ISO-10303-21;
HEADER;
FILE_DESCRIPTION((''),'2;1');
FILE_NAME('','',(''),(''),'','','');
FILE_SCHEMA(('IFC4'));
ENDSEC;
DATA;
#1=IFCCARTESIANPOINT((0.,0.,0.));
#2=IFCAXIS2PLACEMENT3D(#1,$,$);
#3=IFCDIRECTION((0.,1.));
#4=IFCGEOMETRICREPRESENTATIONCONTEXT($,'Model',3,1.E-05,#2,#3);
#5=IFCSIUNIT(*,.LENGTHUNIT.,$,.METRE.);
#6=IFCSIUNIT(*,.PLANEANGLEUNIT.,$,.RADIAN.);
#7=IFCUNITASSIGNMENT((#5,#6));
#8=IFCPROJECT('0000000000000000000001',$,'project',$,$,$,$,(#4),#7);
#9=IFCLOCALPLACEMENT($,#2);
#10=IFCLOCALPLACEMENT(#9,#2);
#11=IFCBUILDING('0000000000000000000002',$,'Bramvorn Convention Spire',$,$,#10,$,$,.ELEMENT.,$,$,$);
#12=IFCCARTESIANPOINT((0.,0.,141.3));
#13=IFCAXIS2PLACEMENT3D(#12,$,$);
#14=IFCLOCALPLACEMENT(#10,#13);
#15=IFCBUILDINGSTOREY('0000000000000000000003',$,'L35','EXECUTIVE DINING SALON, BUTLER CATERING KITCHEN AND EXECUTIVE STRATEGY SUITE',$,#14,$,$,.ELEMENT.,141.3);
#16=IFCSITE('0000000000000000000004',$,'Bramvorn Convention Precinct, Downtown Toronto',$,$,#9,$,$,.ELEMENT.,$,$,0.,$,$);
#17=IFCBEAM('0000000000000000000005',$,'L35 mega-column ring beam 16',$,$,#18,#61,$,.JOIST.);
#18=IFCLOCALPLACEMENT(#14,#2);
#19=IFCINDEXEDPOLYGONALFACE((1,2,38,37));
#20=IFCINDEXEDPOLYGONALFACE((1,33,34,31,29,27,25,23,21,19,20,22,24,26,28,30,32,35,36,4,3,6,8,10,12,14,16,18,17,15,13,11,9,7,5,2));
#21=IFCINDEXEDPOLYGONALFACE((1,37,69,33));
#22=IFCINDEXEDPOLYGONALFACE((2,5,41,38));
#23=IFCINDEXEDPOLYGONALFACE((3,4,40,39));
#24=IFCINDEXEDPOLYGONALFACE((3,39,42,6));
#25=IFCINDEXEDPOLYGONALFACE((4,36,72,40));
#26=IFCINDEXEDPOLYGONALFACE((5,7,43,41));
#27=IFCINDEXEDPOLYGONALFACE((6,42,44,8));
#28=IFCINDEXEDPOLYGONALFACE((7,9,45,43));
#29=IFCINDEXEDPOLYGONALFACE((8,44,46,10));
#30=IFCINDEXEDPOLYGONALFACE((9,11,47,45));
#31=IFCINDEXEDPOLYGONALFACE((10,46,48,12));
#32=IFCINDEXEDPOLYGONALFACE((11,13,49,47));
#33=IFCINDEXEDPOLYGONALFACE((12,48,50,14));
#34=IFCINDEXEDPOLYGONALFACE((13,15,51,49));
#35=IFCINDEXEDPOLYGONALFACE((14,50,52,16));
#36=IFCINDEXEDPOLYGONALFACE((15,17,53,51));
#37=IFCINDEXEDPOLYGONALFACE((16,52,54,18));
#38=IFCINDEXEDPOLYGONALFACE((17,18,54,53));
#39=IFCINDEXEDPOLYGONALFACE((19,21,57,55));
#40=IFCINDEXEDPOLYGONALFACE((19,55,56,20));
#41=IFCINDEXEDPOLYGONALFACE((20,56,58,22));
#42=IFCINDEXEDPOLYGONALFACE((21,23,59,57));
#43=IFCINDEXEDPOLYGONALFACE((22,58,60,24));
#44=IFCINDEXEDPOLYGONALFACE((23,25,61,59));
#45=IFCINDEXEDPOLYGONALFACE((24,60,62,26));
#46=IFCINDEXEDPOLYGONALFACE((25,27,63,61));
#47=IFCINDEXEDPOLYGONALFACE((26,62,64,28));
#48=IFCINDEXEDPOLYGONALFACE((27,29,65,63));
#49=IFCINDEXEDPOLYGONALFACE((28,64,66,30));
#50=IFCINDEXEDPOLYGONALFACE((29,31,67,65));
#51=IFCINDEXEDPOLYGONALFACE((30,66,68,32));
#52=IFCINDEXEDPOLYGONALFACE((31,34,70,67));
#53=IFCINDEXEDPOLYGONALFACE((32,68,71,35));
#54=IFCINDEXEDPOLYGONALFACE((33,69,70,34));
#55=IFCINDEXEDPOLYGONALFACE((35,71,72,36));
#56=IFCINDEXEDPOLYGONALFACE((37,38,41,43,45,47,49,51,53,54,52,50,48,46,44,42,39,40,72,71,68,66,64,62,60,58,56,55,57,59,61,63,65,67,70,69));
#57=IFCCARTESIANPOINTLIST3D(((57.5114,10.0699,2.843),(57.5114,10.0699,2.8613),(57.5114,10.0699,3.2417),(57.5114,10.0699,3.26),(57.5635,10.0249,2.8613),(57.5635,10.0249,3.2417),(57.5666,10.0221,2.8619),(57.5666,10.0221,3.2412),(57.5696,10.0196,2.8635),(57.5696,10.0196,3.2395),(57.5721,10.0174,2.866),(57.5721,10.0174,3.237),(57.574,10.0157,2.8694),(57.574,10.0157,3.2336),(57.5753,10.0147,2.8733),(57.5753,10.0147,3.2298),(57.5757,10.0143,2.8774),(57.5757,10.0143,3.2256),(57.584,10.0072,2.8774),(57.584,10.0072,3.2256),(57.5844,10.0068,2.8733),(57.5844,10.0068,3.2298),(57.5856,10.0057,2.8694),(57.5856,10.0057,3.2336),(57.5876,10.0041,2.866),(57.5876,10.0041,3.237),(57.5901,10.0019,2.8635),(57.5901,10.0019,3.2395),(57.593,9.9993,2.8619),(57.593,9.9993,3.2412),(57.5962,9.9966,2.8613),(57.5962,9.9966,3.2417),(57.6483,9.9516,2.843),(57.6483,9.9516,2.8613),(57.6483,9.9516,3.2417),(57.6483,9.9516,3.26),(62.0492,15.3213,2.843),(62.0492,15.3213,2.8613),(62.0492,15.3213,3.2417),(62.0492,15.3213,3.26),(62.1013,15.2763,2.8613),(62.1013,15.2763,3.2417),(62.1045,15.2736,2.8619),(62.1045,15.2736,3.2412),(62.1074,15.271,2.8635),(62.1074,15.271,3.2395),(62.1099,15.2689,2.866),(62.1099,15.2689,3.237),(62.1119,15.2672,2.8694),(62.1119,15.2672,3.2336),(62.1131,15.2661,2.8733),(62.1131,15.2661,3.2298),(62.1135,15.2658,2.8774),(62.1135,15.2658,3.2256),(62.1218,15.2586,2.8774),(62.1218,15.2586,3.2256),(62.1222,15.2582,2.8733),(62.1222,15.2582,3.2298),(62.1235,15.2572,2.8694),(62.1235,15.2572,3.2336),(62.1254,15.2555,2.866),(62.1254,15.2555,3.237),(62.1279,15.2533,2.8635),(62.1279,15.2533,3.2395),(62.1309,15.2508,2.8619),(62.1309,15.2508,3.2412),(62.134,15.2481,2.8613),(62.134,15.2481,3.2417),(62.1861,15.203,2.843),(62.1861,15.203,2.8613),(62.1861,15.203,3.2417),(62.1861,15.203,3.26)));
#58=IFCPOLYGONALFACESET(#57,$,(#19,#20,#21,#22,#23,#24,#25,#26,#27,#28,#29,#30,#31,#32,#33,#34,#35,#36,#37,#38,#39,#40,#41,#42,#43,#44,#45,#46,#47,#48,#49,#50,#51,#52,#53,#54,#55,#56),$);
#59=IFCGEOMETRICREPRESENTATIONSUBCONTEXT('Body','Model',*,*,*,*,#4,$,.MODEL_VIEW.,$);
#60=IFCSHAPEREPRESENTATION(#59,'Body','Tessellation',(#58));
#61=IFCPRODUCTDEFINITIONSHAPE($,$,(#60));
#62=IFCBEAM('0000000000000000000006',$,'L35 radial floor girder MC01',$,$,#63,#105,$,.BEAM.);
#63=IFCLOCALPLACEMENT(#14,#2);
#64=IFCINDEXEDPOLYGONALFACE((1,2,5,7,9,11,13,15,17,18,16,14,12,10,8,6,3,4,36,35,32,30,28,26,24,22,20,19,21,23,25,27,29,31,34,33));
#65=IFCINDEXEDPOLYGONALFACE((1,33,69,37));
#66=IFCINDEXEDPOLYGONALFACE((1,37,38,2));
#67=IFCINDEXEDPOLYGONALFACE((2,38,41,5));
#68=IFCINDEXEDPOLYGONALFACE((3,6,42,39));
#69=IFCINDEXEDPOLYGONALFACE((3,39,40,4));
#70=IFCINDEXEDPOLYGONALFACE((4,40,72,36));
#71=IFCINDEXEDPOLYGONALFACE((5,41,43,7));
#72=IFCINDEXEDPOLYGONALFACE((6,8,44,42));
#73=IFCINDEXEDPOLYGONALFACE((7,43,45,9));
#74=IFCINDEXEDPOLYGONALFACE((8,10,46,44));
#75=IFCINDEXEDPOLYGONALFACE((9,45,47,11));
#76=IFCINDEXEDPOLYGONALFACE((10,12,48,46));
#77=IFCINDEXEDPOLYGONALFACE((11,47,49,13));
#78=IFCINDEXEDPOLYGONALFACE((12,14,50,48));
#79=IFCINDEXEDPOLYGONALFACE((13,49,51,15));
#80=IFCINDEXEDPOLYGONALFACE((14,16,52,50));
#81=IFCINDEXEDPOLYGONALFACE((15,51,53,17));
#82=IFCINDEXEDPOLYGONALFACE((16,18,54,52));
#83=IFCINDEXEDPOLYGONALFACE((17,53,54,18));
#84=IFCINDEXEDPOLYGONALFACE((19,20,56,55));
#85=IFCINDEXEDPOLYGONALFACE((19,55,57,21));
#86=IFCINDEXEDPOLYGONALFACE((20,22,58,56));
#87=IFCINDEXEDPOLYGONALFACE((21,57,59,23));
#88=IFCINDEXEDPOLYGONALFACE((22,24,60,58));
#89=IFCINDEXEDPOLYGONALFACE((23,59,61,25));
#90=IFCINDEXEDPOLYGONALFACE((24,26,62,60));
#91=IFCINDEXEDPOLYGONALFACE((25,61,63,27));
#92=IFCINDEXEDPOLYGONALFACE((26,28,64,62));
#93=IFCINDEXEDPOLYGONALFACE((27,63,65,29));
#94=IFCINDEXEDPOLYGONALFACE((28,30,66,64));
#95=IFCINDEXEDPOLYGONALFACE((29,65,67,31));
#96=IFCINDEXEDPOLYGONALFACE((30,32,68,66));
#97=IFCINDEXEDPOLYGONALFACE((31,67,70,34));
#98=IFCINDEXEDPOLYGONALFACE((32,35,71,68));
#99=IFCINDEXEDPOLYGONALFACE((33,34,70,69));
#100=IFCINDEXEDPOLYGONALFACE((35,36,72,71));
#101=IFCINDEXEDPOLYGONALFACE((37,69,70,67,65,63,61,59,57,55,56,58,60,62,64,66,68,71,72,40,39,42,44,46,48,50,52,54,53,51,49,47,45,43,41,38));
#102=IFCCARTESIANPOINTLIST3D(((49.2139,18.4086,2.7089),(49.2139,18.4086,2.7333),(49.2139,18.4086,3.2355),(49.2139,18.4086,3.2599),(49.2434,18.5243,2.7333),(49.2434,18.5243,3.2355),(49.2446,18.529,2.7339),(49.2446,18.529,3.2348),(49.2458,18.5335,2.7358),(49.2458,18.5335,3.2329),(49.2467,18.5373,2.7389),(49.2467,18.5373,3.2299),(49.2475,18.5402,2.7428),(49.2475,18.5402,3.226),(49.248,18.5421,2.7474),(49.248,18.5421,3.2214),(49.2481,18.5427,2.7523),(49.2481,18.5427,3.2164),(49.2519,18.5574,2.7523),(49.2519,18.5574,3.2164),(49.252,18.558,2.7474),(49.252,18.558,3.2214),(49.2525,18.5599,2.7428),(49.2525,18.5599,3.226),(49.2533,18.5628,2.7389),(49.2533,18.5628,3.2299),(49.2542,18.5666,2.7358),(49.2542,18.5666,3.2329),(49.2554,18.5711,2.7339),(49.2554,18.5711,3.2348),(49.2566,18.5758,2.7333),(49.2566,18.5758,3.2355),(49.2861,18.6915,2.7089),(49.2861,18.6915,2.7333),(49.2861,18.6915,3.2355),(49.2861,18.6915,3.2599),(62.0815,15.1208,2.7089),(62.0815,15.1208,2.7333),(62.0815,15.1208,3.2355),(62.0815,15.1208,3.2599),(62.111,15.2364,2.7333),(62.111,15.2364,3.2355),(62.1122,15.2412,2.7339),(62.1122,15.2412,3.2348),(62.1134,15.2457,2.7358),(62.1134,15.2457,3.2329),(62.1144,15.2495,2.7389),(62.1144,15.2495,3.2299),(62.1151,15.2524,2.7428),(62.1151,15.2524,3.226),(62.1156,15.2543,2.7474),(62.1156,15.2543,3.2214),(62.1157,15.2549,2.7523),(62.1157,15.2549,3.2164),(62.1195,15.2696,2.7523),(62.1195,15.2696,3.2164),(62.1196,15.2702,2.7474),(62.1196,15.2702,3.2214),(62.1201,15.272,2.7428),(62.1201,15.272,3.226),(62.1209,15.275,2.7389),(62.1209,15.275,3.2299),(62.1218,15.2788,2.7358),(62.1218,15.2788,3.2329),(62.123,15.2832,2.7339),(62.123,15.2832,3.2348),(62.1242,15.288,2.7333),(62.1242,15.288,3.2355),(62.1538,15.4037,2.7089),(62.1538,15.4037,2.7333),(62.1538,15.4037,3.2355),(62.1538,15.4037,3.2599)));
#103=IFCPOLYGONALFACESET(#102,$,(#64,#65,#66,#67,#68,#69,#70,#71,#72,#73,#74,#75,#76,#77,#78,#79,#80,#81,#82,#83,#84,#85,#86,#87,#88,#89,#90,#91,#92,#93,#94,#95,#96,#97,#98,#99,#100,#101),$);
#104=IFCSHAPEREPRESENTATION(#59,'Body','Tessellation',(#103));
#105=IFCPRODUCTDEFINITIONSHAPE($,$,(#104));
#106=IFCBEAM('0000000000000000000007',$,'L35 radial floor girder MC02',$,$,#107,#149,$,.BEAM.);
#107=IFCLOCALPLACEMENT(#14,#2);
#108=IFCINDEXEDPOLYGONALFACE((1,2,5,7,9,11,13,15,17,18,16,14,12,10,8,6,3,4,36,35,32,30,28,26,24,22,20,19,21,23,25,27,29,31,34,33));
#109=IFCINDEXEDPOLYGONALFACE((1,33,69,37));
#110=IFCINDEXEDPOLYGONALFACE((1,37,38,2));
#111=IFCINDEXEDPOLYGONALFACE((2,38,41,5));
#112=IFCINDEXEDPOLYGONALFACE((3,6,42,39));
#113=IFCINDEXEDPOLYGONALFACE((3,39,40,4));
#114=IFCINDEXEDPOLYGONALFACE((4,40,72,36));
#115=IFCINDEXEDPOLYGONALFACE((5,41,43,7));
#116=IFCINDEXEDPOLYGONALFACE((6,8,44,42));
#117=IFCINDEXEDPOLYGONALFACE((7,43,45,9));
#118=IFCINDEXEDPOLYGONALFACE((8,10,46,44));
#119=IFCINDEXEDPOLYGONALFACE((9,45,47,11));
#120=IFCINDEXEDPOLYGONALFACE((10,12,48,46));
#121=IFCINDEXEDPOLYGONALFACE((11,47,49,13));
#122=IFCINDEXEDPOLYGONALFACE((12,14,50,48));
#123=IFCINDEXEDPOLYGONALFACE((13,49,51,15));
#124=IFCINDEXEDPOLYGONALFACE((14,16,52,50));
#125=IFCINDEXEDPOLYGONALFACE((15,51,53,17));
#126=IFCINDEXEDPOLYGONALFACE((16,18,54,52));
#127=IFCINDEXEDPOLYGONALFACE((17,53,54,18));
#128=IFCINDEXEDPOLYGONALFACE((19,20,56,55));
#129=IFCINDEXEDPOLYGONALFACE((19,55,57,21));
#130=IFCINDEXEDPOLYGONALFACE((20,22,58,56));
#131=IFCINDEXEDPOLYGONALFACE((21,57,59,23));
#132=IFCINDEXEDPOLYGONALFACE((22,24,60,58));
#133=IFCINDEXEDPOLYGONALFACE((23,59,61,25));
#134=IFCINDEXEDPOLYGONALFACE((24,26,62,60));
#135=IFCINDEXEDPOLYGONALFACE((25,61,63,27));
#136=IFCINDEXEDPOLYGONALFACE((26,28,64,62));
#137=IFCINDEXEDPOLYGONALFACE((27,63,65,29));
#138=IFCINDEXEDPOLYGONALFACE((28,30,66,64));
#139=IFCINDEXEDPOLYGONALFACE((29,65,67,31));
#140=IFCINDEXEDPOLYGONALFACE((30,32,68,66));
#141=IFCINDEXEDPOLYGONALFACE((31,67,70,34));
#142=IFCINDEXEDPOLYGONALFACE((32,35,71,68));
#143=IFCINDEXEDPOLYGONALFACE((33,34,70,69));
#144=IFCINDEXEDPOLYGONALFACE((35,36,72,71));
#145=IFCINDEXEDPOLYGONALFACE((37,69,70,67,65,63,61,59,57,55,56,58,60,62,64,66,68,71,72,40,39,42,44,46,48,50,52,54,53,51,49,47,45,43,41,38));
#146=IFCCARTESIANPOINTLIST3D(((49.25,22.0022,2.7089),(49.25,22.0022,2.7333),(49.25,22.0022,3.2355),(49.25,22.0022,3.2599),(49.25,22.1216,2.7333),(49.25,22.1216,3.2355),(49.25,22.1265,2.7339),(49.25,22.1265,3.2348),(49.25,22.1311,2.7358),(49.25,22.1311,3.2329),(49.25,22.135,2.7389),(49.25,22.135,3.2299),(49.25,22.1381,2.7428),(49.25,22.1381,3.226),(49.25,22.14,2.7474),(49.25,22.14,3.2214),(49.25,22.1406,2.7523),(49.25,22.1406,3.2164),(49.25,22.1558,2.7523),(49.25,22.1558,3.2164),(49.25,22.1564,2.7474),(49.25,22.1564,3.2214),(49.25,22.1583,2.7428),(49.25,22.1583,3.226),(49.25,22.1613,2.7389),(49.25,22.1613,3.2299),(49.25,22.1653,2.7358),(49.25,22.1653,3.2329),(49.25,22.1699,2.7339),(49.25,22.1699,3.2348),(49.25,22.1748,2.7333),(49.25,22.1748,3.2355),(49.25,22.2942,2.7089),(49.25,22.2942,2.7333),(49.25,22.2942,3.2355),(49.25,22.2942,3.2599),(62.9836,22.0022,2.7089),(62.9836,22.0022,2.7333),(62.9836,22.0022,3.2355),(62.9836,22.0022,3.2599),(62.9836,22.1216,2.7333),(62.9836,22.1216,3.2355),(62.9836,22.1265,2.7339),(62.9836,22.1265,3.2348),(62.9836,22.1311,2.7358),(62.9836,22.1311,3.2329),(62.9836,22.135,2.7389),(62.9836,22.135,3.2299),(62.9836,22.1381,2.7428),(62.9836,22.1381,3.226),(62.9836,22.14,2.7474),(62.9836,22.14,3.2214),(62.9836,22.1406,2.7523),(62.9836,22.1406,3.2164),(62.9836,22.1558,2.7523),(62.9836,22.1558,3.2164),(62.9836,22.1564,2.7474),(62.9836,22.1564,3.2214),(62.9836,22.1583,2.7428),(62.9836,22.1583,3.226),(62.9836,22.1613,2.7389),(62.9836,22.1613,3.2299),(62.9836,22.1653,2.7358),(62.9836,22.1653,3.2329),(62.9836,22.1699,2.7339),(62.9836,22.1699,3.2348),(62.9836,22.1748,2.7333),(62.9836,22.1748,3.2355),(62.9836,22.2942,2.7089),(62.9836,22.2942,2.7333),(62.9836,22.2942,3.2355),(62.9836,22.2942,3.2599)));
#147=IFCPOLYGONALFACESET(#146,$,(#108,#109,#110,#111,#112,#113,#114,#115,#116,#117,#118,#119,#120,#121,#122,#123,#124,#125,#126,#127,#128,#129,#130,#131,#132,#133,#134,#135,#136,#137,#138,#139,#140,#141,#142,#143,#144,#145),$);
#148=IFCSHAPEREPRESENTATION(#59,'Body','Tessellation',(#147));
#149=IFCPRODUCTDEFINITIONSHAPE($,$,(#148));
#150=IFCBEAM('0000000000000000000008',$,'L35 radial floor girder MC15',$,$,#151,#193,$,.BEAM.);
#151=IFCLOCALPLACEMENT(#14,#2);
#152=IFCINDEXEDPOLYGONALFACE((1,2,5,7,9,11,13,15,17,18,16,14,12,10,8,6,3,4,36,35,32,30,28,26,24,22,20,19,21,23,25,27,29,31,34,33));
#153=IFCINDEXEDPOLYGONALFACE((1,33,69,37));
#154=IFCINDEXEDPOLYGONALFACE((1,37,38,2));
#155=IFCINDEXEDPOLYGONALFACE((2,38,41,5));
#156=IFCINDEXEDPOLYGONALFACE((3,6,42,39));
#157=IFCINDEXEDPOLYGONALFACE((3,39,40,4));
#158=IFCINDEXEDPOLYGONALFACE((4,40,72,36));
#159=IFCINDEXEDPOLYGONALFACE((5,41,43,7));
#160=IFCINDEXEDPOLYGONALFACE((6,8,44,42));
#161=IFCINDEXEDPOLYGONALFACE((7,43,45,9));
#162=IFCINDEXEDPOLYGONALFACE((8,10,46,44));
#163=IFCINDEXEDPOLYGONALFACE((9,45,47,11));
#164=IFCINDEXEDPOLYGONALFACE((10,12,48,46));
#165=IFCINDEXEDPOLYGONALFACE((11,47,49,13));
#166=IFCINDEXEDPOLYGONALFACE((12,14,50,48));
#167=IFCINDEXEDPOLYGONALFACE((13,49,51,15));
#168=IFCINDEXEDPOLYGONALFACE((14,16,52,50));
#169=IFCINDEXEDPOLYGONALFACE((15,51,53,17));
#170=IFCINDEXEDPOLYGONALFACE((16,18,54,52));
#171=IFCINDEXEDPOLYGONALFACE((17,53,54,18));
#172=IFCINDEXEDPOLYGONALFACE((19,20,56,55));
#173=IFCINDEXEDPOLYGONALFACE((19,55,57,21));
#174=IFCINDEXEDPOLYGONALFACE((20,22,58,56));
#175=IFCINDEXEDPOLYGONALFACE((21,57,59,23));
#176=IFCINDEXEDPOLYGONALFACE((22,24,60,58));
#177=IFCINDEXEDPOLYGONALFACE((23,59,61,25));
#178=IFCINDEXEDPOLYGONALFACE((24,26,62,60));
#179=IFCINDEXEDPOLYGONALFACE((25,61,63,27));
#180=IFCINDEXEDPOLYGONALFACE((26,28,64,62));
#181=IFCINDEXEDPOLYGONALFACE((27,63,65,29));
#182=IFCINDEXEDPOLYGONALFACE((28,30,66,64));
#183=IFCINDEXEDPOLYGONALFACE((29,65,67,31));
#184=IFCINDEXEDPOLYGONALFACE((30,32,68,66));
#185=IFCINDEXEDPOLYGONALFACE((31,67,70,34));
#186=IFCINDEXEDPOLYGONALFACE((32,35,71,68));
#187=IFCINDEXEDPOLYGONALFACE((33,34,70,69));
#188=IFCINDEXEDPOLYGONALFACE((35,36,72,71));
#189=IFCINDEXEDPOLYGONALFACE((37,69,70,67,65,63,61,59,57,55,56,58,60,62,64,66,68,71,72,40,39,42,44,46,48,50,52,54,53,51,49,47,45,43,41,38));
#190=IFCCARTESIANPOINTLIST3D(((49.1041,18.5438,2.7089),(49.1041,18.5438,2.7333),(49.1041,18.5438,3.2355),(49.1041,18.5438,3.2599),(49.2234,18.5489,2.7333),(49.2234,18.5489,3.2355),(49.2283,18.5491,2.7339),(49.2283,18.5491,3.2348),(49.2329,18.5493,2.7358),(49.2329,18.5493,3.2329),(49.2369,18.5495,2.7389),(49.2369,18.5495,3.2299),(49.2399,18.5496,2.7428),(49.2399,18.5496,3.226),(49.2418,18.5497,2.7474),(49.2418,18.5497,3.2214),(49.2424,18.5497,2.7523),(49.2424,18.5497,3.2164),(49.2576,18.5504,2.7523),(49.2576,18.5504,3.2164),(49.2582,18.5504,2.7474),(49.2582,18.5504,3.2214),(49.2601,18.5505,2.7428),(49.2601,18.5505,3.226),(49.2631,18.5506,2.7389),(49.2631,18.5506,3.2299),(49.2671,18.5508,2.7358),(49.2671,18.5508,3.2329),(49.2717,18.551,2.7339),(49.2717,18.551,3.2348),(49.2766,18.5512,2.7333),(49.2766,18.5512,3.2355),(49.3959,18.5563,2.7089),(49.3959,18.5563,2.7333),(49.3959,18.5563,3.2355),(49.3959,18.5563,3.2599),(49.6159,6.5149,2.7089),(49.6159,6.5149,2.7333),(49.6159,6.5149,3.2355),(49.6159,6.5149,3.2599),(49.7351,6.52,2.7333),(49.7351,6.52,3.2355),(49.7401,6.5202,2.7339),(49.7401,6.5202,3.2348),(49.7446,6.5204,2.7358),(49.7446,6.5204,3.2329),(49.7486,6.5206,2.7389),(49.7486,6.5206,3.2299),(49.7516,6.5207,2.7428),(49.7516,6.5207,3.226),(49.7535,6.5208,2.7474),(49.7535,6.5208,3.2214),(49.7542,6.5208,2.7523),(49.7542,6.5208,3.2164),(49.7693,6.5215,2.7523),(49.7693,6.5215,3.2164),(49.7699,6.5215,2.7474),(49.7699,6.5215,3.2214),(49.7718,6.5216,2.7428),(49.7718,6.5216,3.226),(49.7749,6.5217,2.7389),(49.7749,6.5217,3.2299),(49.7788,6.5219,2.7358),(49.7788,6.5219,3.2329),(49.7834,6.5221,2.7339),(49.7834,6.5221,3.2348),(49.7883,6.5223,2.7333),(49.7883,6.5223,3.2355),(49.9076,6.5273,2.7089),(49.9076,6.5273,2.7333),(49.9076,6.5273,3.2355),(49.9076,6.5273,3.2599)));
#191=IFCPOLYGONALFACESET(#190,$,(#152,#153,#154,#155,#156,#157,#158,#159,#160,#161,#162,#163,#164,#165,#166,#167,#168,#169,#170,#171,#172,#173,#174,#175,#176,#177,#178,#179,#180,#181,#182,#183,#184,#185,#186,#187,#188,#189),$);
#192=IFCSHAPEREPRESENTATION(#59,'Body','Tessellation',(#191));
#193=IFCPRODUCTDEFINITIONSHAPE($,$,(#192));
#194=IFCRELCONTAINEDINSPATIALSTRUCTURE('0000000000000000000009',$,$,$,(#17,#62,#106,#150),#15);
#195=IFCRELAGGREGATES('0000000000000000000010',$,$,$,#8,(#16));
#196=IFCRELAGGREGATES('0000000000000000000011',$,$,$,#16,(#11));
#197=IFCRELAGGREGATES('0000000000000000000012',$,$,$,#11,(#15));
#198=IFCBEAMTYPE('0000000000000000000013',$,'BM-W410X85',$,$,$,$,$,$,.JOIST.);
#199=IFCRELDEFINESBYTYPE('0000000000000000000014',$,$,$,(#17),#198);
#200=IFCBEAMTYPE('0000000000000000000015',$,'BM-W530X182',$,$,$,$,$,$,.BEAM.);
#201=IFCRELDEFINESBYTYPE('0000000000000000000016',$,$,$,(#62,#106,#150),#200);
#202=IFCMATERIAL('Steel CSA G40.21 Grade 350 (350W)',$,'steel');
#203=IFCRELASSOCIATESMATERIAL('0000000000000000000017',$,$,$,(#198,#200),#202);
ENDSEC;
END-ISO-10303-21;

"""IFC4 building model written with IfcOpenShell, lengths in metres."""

from ifc_helpers import new_model, si_unit, direction, frame, origin, origin_2d, place, context, subcontext, project, spatial, i_section, extrude, material, material_profile, profile_set, type_object, element, save


model = new_model("IFC4")

# Units and contexts
model_context = context("Model", 3, precision=1e-05, world=origin(), true_north=direction((0.0, 1.0)))
body_context = subcontext(model_context, "Body", "Model", "MODEL_VIEW")
ifc_project = project(units=[si_unit("LENGTHUNIT", "METRE"), si_unit("PLANEANGLEUNIT", "RADIAN")], contexts=[model_context])

# Site, building, storey
site_placement = place(None, origin())
site = spatial("IfcSite", under=ifc_project, at=site_placement, Name="Bramvorn Convention Precinct, Downtown Toronto", CompositionType="ELEMENT", RefElevation=0.0)
building_placement = place(site_placement, origin())
building = spatial("IfcBuilding", under=site, at=building_placement, Name="Bramvorn Convention Spire", CompositionType="ELEMENT")
storey_placement = place(building_placement, frame((0.0, 0.0, 141.3)))
storey = spatial("IfcBuildingStorey", under=building, at=storey_placement, Name="L35", Description="EXECUTIVE DINING SALON, BUTLER CATERING KITCHEN AND EXECUTIVE STRATEGY SUITE", CompositionType="ELEMENT", Elevation=141.3)

# Shared definitions
ifc_material_1 = material(Name="Steel CSA G40.21 Grade 350 (350W)", Category="steel")

# Beams
ifc_material_profile_1 = material_profile(ifc_material_1, i_section(OverallWidth=0.1809, OverallDepth=0.417, WebThickness=0.011, FlangeThickness=0.0183, FilletRadius=0.0161, at=origin_2d()))
ifc_profile_set_1 = profile_set([ifc_material_profile_1], Name="Steel CSA G40.21 Grade 350 (350W) - W410X85")
beam_type_1 = type_object("IfcBeamType", Name="BM-W410X85", PredefinedType="JOIST", material=ifc_profile_set_1)
beam_1_placement = place(storey_placement, frame((57.5798, 10.0107, 3.0515), z_axis=(0.653825, 0.756646, 0.0), x_axis=(-0.756646, 0.653825, 0.0)))
element("IfcBeam", 1, at=beam_1_placement, inside=storey, type_object=beam_type_1, Name="L35 mega-column ring beam 16", PredefinedType="JOIST", context=body_context, shape_type="SweptSolid", body=[
    extrude(i_section(OverallWidth=0.1809, OverallDepth=0.417, WebThickness=0.011, FlangeThickness=0.0183, FilletRadius=0.0161, at=origin_2d()), origin(), (0.0, 0.0, 1.0), 6.9404),
])
ifc_material_profile_2 = material_profile(ifc_material_1, i_section(OverallWidth=0.292, OverallDepth=0.551, WebThickness=0.0151, FlangeThickness=0.0244, FilletRadius=0.019, at=origin_2d()))
ifc_profile_set_2 = profile_set([ifc_material_profile_2], Name="Steel CSA G40.21 Grade 350 (350W) - W530X182")
beam_type_2 = type_object("IfcBeamType", Name="BM-W530X182", PredefinedType="BEAM", material=ifc_profile_set_2)
beam_2_placement = place(storey_placement, frame((49.25, 18.55, 2.9844), z_axis=(0.968873, -0.247558, 0.0), x_axis=(0.247558, 0.968873, 0.0)))
element("IfcBeam", 2, at=beam_2_placement, inside=storey, type_object=beam_type_2, Name="L35 radial floor girder MC01", PredefinedType="BEAM", context=body_context, shape_type="SweptSolid", body=[
    extrude(i_section(OverallWidth=0.292, OverallDepth=0.551, WebThickness=0.0151, FlangeThickness=0.0244, FilletRadius=0.019, at=origin_2d()), origin(), (0.0, 0.0, 1.0), 13.281),
])
beam_3_placement = place(storey_placement, frame((49.25, 22.1482, 2.9844), z_axis=(1.0, 0.0, 0.0), x_axis=(0.0, 1.0, 0.0)))
element("IfcBeam", 3, at=beam_3_placement, inside=storey, type_object=beam_type_2, Name="L35 radial floor girder MC02", PredefinedType="BEAM", context=body_context, shape_type="SweptSolid", body=[
    extrude(i_section(OverallWidth=0.292, OverallDepth=0.551, WebThickness=0.0151, FlangeThickness=0.0244, FilletRadius=0.019, at=origin_2d()), origin(), (0.0, 0.0, 1.0), 13.7336),
])
beam_4_placement = place(storey_placement, frame((49.25, 18.55, 2.9844), z_axis=(0.042503, -0.999096, 0.0), x_axis=(0.999096, 0.042503, 0.0)))
element("IfcBeam", 4, at=beam_4_placement, inside=storey, type_object=beam_type_2, Name="L35 radial floor girder MC15", PredefinedType="BEAM", context=body_context, shape_type="SweptSolid", body=[
    extrude(i_section(OverallWidth=0.292, OverallDepth=0.551, WebThickness=0.0151, FlangeThickness=0.0244, FilletRadius=0.019, at=origin_2d()), origin(), (0.0, 0.0, 1.0), 12.0398),
])

save(model, "model.ifc")
